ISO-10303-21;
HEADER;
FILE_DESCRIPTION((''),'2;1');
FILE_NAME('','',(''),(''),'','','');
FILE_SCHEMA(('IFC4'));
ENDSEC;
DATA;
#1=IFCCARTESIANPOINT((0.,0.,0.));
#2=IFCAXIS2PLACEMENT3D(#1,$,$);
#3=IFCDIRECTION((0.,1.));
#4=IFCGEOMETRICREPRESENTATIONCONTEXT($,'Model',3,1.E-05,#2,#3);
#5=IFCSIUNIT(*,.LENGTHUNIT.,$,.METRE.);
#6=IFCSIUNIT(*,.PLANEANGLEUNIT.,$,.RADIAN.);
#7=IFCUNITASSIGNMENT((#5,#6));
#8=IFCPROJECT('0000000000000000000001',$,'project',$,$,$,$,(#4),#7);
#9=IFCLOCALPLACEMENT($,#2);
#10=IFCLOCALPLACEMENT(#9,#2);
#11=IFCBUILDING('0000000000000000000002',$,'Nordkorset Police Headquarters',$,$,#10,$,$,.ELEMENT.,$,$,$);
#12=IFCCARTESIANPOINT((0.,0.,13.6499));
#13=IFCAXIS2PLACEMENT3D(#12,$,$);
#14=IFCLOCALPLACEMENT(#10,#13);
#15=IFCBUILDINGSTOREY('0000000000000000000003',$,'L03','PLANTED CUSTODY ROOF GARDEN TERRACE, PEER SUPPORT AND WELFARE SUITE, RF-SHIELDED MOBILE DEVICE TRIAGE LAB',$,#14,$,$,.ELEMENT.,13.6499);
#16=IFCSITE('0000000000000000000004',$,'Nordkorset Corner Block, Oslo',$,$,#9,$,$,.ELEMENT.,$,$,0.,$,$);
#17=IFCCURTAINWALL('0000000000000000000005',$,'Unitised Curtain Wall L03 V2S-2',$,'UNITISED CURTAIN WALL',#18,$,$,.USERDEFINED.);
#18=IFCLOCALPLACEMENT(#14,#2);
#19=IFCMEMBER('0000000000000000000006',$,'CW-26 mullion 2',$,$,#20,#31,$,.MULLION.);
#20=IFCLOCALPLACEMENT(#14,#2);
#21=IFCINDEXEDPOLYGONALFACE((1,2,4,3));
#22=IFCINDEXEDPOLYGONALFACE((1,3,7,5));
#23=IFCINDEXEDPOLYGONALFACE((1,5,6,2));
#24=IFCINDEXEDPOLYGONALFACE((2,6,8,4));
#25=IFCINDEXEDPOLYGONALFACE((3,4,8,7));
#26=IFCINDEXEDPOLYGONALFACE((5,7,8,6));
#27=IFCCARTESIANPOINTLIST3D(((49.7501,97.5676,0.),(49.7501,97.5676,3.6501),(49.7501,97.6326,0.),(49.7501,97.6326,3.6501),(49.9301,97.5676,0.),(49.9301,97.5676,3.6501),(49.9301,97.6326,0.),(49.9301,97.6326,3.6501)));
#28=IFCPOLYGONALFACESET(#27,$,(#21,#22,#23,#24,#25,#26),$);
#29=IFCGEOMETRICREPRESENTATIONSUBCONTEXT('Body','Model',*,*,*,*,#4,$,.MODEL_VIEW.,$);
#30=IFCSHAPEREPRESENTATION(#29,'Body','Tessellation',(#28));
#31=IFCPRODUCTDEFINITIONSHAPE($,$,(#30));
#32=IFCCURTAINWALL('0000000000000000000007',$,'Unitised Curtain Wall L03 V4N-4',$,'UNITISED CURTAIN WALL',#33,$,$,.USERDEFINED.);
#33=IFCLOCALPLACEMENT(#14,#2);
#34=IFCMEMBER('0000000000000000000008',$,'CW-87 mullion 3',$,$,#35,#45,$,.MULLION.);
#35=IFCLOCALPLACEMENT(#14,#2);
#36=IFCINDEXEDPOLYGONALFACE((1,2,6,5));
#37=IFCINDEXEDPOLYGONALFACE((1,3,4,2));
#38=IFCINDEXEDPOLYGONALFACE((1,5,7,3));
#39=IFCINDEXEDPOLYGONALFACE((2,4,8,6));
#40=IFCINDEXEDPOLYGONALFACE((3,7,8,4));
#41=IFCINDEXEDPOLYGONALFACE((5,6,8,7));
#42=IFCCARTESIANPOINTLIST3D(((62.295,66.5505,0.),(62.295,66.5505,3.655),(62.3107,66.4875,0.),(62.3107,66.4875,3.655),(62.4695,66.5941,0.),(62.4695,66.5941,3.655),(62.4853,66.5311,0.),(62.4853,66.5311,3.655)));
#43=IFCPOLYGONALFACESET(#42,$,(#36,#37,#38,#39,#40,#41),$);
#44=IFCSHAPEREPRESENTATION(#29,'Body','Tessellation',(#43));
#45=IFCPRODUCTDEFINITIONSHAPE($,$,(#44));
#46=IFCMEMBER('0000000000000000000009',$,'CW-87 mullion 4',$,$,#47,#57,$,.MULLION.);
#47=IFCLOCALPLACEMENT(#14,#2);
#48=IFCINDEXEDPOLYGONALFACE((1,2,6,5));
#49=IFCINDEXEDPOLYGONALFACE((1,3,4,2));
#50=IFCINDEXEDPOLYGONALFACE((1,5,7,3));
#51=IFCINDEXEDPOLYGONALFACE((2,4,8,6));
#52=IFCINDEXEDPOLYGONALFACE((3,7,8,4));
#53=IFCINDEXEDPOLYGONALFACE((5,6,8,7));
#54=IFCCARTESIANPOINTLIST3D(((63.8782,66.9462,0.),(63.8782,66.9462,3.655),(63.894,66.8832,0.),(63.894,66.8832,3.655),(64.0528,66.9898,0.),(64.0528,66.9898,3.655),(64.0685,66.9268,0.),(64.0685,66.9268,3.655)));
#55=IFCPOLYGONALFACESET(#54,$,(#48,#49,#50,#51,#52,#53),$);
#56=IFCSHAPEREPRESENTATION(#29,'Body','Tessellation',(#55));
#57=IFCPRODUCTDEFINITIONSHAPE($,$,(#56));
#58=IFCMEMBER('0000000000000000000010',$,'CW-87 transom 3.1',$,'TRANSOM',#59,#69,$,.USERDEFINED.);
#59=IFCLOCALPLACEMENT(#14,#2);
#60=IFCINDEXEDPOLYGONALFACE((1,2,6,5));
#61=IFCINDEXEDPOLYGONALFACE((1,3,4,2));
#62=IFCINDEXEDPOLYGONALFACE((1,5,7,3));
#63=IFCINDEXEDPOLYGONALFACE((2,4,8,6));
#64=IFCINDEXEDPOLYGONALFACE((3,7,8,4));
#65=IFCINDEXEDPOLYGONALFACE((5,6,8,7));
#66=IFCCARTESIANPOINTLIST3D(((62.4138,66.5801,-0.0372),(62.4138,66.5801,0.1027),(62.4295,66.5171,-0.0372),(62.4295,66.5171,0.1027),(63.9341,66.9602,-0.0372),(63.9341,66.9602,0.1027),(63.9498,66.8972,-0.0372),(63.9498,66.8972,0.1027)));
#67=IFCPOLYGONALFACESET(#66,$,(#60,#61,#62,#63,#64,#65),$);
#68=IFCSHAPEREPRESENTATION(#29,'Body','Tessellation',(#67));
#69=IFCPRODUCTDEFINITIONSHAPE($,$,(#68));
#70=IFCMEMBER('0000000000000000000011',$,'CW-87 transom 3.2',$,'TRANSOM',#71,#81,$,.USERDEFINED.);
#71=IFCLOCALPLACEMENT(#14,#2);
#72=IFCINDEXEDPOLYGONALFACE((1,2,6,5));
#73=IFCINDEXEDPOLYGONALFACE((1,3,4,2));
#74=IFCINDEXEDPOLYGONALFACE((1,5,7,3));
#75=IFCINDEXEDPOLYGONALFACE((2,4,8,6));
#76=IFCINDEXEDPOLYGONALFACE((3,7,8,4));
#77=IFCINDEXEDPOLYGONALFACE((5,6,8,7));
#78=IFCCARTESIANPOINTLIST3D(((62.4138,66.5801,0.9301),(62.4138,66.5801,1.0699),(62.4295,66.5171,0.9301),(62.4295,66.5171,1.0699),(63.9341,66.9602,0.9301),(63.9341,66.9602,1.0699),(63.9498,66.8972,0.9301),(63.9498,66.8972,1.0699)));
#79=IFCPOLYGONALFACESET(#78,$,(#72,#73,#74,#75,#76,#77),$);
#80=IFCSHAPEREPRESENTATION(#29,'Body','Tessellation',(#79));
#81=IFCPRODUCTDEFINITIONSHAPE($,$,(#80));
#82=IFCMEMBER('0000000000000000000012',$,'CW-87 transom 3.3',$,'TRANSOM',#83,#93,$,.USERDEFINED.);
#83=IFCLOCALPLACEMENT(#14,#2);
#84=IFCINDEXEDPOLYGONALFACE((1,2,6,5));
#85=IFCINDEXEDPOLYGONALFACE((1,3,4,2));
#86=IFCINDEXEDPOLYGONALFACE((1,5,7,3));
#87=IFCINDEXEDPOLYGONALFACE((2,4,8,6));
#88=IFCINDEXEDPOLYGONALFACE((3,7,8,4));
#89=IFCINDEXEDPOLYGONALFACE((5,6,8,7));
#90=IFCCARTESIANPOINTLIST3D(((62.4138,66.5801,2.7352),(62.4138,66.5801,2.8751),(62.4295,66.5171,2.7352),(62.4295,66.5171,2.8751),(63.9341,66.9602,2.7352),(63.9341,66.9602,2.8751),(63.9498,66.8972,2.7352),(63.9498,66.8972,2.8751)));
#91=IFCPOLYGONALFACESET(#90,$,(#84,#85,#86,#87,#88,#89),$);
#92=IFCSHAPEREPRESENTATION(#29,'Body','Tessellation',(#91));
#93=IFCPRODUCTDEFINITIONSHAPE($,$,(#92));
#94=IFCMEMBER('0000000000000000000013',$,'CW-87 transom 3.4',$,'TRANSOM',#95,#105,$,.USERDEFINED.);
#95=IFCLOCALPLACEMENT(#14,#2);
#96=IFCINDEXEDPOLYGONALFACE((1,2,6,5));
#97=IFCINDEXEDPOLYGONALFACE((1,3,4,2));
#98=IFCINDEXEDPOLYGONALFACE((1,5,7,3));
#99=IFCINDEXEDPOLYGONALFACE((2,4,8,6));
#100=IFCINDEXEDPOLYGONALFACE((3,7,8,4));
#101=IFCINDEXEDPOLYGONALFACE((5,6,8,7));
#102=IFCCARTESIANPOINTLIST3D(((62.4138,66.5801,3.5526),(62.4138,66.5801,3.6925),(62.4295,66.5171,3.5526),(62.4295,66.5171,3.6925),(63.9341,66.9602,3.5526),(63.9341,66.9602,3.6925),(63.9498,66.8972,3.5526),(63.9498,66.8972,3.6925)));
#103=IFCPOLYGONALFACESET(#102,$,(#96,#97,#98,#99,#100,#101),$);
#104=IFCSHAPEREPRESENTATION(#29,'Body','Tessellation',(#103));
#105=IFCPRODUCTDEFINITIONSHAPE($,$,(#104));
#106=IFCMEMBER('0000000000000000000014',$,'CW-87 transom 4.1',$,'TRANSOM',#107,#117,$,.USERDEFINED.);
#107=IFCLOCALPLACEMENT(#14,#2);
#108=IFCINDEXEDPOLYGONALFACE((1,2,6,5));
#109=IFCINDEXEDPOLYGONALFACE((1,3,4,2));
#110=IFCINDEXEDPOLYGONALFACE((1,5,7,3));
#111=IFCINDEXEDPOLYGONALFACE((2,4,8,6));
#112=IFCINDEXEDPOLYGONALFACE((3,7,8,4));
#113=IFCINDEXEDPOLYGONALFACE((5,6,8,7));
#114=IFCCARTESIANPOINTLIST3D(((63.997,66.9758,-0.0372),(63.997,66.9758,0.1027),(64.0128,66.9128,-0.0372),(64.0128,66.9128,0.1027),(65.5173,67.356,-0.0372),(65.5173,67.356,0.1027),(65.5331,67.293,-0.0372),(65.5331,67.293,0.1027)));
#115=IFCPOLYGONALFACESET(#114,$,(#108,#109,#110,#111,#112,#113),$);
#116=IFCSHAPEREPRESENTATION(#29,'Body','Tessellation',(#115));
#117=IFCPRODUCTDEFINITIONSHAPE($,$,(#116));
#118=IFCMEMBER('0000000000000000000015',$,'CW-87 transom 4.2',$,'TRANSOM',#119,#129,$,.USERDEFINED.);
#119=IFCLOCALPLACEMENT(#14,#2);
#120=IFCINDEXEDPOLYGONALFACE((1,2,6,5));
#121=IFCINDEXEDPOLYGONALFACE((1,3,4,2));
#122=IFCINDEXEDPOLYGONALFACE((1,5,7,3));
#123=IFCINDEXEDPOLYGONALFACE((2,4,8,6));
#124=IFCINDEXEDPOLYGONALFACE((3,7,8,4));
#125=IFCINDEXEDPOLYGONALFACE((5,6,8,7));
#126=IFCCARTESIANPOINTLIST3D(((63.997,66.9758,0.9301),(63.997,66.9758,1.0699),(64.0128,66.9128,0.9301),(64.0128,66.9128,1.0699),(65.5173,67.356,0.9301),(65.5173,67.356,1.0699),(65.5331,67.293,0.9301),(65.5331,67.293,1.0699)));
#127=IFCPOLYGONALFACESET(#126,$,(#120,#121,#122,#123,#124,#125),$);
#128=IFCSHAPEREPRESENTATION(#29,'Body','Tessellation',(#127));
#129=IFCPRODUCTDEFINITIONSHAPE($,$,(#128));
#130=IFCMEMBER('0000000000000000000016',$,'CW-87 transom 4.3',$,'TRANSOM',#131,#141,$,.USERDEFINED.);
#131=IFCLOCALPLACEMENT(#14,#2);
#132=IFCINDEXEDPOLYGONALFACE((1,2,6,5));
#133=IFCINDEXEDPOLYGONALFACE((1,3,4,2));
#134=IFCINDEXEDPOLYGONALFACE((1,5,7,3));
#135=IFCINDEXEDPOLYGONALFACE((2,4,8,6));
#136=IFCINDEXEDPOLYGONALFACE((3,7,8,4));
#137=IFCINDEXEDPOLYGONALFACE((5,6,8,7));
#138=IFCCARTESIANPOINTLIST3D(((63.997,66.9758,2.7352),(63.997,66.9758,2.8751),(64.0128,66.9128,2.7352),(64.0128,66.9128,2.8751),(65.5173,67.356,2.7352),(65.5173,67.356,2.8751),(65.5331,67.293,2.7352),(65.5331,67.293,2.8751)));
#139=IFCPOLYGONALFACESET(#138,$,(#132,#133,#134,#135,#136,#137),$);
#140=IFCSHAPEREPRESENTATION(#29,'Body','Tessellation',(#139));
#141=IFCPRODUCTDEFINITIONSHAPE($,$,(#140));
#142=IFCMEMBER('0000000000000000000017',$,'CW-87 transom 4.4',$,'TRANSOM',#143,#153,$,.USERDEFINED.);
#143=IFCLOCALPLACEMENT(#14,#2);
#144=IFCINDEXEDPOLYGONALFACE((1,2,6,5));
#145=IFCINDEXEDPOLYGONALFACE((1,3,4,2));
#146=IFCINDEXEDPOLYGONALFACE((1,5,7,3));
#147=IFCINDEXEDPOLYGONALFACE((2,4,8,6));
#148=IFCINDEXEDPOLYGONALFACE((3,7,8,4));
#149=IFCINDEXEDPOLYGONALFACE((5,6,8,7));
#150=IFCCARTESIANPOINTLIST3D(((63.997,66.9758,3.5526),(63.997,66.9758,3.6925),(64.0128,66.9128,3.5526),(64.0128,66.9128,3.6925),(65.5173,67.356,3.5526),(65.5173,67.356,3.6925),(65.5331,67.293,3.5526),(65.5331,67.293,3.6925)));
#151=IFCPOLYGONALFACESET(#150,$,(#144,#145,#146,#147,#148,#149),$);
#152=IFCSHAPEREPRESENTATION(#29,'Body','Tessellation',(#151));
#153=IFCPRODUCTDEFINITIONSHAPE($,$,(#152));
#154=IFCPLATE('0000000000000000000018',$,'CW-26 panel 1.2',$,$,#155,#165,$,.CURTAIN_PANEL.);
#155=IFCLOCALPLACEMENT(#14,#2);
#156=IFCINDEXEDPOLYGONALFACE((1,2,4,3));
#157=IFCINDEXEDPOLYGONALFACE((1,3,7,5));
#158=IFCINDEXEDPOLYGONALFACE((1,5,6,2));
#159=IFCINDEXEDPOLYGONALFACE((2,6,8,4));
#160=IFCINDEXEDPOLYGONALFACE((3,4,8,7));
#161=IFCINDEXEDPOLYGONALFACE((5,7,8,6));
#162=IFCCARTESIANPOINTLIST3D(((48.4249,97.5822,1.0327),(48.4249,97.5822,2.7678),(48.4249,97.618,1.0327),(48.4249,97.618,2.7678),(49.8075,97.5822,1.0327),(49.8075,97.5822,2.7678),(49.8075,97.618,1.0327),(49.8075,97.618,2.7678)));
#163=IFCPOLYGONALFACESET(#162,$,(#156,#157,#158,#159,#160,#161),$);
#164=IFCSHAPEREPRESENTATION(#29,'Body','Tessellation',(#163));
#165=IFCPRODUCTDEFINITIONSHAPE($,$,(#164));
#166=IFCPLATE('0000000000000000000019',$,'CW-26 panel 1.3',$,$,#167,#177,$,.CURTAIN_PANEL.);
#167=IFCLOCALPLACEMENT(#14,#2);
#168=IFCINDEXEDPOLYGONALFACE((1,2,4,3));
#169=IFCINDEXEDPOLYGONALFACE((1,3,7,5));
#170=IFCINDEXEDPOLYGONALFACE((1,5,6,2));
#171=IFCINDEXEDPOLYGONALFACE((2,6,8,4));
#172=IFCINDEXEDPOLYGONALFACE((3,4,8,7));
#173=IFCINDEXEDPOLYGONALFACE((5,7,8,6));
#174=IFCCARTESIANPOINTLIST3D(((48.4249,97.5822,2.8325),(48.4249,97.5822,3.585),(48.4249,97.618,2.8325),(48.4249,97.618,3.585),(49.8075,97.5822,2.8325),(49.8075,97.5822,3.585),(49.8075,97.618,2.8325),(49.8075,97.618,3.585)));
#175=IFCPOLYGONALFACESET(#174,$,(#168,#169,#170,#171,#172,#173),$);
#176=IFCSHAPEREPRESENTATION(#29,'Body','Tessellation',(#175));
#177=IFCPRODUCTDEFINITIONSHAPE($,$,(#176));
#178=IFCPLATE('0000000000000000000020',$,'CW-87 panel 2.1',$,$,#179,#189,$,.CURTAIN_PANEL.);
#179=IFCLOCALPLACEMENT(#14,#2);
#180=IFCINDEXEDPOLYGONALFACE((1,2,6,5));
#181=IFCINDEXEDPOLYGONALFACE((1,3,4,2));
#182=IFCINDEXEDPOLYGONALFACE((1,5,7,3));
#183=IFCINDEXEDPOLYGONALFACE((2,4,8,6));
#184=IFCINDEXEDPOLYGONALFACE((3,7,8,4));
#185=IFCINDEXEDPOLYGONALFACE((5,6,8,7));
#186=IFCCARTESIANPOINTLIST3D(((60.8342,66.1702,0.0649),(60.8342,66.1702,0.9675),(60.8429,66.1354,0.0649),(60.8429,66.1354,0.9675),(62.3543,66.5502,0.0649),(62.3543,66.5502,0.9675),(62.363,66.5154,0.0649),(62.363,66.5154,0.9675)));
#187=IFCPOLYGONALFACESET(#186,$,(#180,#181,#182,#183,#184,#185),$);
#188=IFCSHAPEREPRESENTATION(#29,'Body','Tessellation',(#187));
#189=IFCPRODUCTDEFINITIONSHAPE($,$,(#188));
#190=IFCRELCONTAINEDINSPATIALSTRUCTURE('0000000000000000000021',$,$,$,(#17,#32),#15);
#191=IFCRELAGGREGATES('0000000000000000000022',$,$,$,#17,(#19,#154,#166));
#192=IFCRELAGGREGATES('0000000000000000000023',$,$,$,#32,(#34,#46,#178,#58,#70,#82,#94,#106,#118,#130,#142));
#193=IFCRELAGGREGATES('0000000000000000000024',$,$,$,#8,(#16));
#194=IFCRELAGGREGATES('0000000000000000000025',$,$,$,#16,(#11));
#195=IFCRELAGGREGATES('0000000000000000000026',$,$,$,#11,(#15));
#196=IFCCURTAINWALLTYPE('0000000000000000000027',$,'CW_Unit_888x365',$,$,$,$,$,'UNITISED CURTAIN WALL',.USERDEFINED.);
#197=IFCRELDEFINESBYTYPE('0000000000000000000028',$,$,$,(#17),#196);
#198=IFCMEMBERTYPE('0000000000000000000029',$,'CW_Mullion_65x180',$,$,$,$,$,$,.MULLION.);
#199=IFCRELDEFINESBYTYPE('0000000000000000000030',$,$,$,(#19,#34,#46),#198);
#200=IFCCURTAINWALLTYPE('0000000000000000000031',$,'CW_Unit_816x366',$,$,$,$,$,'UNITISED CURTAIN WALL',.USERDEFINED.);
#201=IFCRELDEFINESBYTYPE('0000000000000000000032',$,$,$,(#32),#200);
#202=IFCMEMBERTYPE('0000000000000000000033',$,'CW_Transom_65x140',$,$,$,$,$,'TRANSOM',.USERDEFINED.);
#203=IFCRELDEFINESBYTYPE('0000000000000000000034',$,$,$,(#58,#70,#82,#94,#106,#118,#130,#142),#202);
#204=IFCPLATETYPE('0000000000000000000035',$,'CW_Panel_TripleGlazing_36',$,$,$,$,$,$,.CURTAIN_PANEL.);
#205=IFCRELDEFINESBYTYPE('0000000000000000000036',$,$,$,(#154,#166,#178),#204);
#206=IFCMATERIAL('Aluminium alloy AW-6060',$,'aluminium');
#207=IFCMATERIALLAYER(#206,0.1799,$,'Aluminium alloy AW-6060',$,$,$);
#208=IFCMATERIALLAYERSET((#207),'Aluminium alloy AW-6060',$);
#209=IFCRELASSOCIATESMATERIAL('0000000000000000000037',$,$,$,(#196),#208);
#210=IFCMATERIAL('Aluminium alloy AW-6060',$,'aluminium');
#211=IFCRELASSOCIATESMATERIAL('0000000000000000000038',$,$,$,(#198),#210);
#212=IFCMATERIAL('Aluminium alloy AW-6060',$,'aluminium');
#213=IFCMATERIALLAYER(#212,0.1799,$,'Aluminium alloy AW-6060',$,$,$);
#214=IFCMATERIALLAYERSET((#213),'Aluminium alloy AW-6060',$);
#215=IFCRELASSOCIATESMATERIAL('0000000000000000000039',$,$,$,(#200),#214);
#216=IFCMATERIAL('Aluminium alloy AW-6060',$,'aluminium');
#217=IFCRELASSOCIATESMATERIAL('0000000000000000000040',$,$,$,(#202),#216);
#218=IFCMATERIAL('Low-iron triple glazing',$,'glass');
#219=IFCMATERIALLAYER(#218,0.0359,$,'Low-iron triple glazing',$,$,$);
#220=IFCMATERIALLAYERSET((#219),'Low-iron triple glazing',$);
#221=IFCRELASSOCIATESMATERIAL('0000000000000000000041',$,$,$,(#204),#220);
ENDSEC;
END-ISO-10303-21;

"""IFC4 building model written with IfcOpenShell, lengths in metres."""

from ifc_helpers import new_model, si_unit, direction, frame, origin, origin_2d, place, context, subcontext, project, spatial, rectangle, extrude, material, layer, layer_set, material_profile, profile_set, type_object, element, aggregate, save


model = new_model("IFC4")

# Units and contexts
model_context = context("Model", 3, precision=1e-05, world=origin(), true_north=direction((0.0, 1.0)))
body_context = subcontext(model_context, "Body", "Model", "MODEL_VIEW")
ifc_project = project(units=[si_unit("LENGTHUNIT", "METRE"), si_unit("PLANEANGLEUNIT", "RADIAN")], contexts=[model_context])

# Site, building, storey
site_placement = place(None, origin())
site = spatial("IfcSite", under=ifc_project, at=site_placement, Name="Nordkorset Corner Block, Oslo", CompositionType="ELEMENT", RefElevation=0.0)
building_placement = place(site_placement, origin())
building = spatial("IfcBuilding", under=site, at=building_placement, Name="Nordkorset Police Headquarters", CompositionType="ELEMENT")
storey_placement = place(building_placement, frame((0.0, 0.0, 13.6499)))
storey = spatial("IfcBuildingStorey", under=building, at=storey_placement, Name="L03", Description="PLANTED CUSTODY ROOF GARDEN TERRACE, PEER SUPPORT AND WELFARE SUITE, RF-SHIELDED MOBILE DEVICE TRIAGE LAB", CompositionType="ELEMENT", Elevation=13.6499)

# Curtain wall, member
ifc_material_1 = material(Name="Aluminium alloy AW-6060", Category="aluminium")
ifc_layer_1 = layer(ifc_material_1, 0.1799, Name="Aluminium alloy AW-6060")
ifc_layer_set_1 = layer_set([ifc_layer_1], Name="Aluminium alloy AW-6060")
curtain_wall_type_1 = type_object("IfcCurtainWallType", Name="CW_Unit_888x365", ElementType="UNITISED CURTAIN WALL", PredefinedType="USERDEFINED", material=ifc_layer_set_1)
curtain_wall_1_placement = place(storey_placement, origin())
curtain_wall_1 = element("IfcCurtainWall", 1, at=curtain_wall_1_placement, inside=storey, type_object=curtain_wall_type_1, Name="Unitised Curtain Wall L03 V2S-2", ObjectType="UNITISED CURTAIN WALL", PredefinedType="USERDEFINED")
ifc_material_2 = material(Name="Aluminium alloy AW-6060", Category="aluminium")
ifc_material_profile_1 = material_profile(ifc_material_2, rectangle(XDim=0.0649, YDim=0.1799, at=origin_2d()), Name="ALU MULL 65x180")
ifc_profile_set_1 = profile_set([ifc_material_profile_1], Name="Aluminium alloy AW-6060")
member_type_1 = type_object("IfcMemberType", Name="CW_Mullion_65x180", PredefinedType="MULLION", material=ifc_profile_set_1)
member_1_placement = place(storey_placement, frame((49.8401, 97.6001, 0.0), z_axis=(0.0, 0.0, 1.0), x_axis=(0.0, 1.0, 0.0)))
member_1 = element("IfcMember", 2, at=member_1_placement, type_object=member_type_1, Name="CW-26 mullion 2", PredefinedType="MULLION", context=body_context, shape_type="SweptSolid", body=[
    extrude(rectangle(XDim=0.0649, YDim=0.1799, at=origin_2d()), origin(), (0.0, 0.0, 1.0), 3.6501),
])

# Curtain wall, members
ifc_material_3 = material(Name="Aluminium alloy AW-6060", Category="aluminium")
ifc_layer_2 = layer(ifc_material_3, 0.1799, Name="Aluminium alloy AW-6060")
ifc_layer_set_2 = layer_set([ifc_layer_2], Name="Aluminium alloy AW-6060")
curtain_wall_type_2 = type_object("IfcCurtainWallType", Name="CW_Unit_816x366", ElementType="UNITISED CURTAIN WALL", PredefinedType="USERDEFINED", material=ifc_layer_set_2)
curtain_wall_2_placement = place(storey_placement, origin())
curtain_wall_2 = element("IfcCurtainWall", 3, at=curtain_wall_2_placement, inside=storey, type_object=curtain_wall_type_2, Name="Unitised Curtain Wall L03 V4N-4", ObjectType="UNITISED CURTAIN WALL", PredefinedType="USERDEFINED")
member_2_placement = place(storey_placement, frame((62.3901, 66.5408, 0.0), z_axis=(0.0, 0.0, 1.0), x_axis=(-0.242535, 0.970143, 0.0)))
member_2 = element("IfcMember", 4, at=member_2_placement, type_object=member_type_1, Name="CW-87 mullion 3", PredefinedType="MULLION", context=body_context, shape_type="SweptSolid", body=[
    extrude(rectangle(XDim=0.0649, YDim=0.1799, at=origin_2d()), origin(), (0.0, 0.0, 1.0), 3.655),
])
member_3_placement = place(storey_placement, frame((63.9734, 66.9365, 0.0), z_axis=(0.0, 0.0, 1.0), x_axis=(-0.242535, 0.970143, 0.0)))
member_3 = element("IfcMember", 5, at=member_3_placement, type_object=member_type_1, Name="CW-87 mullion 4", PredefinedType="MULLION", context=body_context, shape_type="SweptSolid", body=[
    extrude(rectangle(XDim=0.0649, YDim=0.1799, at=origin_2d()), origin(), (0.0, 0.0, 1.0), 3.655),
])
ifc_material_4 = material(Name="Aluminium alloy AW-6060", Category="aluminium")
ifc_material_profile_2 = material_profile(ifc_material_4, rectangle(XDim=0.0649, YDim=0.1399, at=origin_2d()), Name="ALU TRAN 65x140")
ifc_profile_set_2 = profile_set([ifc_material_profile_2], Name="Aluminium alloy AW-6060")
member_type_2 = type_object("IfcMemberType", Name="CW_Transom_65x140", ElementType="TRANSOM", PredefinedType="USERDEFINED", material=ifc_profile_set_2)
member_4_placement = place(storey_placement, frame((62.4216, 66.5486, 0.0327), z_axis=(0.970133, 0.242572, 0.0), x_axis=(-0.242572, 0.970133, 0.0)))
member_4 = element("IfcMember", 6, at=member_4_placement, type_object=member_type_2, Name="CW-87 transom 3.1", ObjectType="TRANSOM", PredefinedType="USERDEFINED", context=body_context, shape_type="SweptSolid", body=[
    extrude(rectangle(XDim=0.0649, YDim=0.1399, at=origin_2d()), origin(), (0.0, 0.0, 1.0), 1.5671),
])
member_5_placement = place(storey_placement, frame((62.4216, 66.5486, 1.0), z_axis=(0.970133, 0.242572, 0.0), x_axis=(-0.242572, 0.970133, 0.0)))
member_5 = element("IfcMember", 7, at=member_5_placement, type_object=member_type_2, Name="CW-87 transom 3.2", ObjectType="TRANSOM", PredefinedType="USERDEFINED", context=body_context, shape_type="SweptSolid", body=[
    extrude(rectangle(XDim=0.0649, YDim=0.1399, at=origin_2d()), origin(), (0.0, 0.0, 1.0), 1.5671),
])
member_6_placement = place(storey_placement, frame((62.4216, 66.5486, 2.8052), z_axis=(0.970133, 0.242572, 0.0), x_axis=(-0.242572, 0.970133, 0.0)))
member_6 = element("IfcMember", 8, at=member_6_placement, type_object=member_type_2, Name="CW-87 transom 3.3", ObjectType="TRANSOM", PredefinedType="USERDEFINED", context=body_context, shape_type="SweptSolid", body=[
    extrude(rectangle(XDim=0.0649, YDim=0.1399, at=origin_2d()), origin(), (0.0, 0.0, 1.0), 1.5671),
])
member_7_placement = place(storey_placement, frame((62.4216, 66.5486, 3.6226), z_axis=(0.970133, 0.242572, 0.0), x_axis=(-0.242572, 0.970133, 0.0)))
member_7 = element("IfcMember", 9, at=member_7_placement, type_object=member_type_2, Name="CW-87 transom 3.4", ObjectType="TRANSOM", PredefinedType="USERDEFINED", context=body_context, shape_type="SweptSolid", body=[
    extrude(rectangle(XDim=0.0649, YDim=0.1399, at=origin_2d()), origin(), (0.0, 0.0, 1.0), 1.5671),
])
member_8_placement = place(storey_placement, frame((64.0049, 66.9443, 0.0327), z_axis=(0.970133, 0.242572, 0.0), x_axis=(-0.242572, 0.970133, 0.0)))
member_8 = element("IfcMember", 10, at=member_8_placement, type_object=member_type_2, Name="CW-87 transom 4.1", ObjectType="TRANSOM", PredefinedType="USERDEFINED", context=body_context, shape_type="SweptSolid", body=[
    extrude(rectangle(XDim=0.0649, YDim=0.1399, at=origin_2d()), origin(), (0.0, 0.0, 1.0), 1.5671),
])
member_9_placement = place(storey_placement, frame((64.0049, 66.9443, 1.0), z_axis=(0.970133, 0.242572, 0.0), x_axis=(-0.242572, 0.970133, 0.0)))
member_9 = element("IfcMember", 11, at=member_9_placement, type_object=member_type_2, Name="CW-87 transom 4.2", ObjectType="TRANSOM", PredefinedType="USERDEFINED", context=body_context, shape_type="SweptSolid", body=[
    extrude(rectangle(XDim=0.0649, YDim=0.1399, at=origin_2d()), origin(), (0.0, 0.0, 1.0), 1.5671),
])
member_10_placement = place(storey_placement, frame((64.0049, 66.9443, 2.8052), z_axis=(0.970133, 0.242572, 0.0), x_axis=(-0.242572, 0.970133, 0.0)))
member_10 = element("IfcMember", 12, at=member_10_placement, type_object=member_type_2, Name="CW-87 transom 4.3", ObjectType="TRANSOM", PredefinedType="USERDEFINED", context=body_context, shape_type="SweptSolid", body=[
    extrude(rectangle(XDim=0.0649, YDim=0.1399, at=origin_2d()), origin(), (0.0, 0.0, 1.0), 1.5671),
])
member_11_placement = place(storey_placement, frame((64.0049, 66.9443, 3.6226), z_axis=(0.970133, 0.242572, 0.0), x_axis=(-0.242572, 0.970133, 0.0)))
member_11 = element("IfcMember", 13, at=member_11_placement, type_object=member_type_2, Name="CW-87 transom 4.4", ObjectType="TRANSOM", PredefinedType="USERDEFINED", context=body_context, shape_type="SweptSolid", body=[
    extrude(rectangle(XDim=0.0649, YDim=0.1399, at=origin_2d()), origin(), (0.0, 0.0, 1.0), 1.5671),
])

# Plates
ifc_material_5 = material(Name="Low-iron triple glazing", Category="glass")
ifc_layer_3 = layer(ifc_material_5, 0.0359, Name="Low-iron triple glazing")
ifc_layer_set_3 = layer_set([ifc_layer_3], Name="Low-iron triple glazing")
plate_type = type_object("IfcPlateType", Name="CW_Panel_TripleGlazing_36", PredefinedType="CURTAIN_PANEL", material=ifc_layer_set_3)
plate_1_placement = place(storey_placement, frame((49.1162, 97.6001, 1.0327), z_axis=(0.0, 0.0, 1.0), x_axis=(1.0, 0.0, 0.0)))
plate_1 = element("IfcPlate", 14, at=plate_1_placement, type_object=plate_type, Name="CW-26 panel 1.2", PredefinedType="CURTAIN_PANEL", context=body_context, shape_type="SweptSolid", body=[
    extrude(rectangle(XDim=1.3826, YDim=0.0359, at=origin_2d()), origin(), (0.0, 0.0, 1.0), 1.7351),
])
plate_2_placement = place(storey_placement, frame((49.1162, 97.6001, 2.8325), z_axis=(0.0, 0.0, 1.0), x_axis=(1.0, 0.0, 0.0)))
plate_2 = element("IfcPlate", 15, at=plate_2_placement, type_object=plate_type, Name="CW-26 panel 1.3", PredefinedType="CURTAIN_PANEL", context=body_context, shape_type="SweptSolid", body=[
    extrude(rectangle(XDim=1.3826, YDim=0.0359, at=origin_2d()), origin(), (0.0, 0.0, 1.0), 0.7524),
])
aggregate(curtain_wall_1, [member_1, plate_1, plate_2])
plate_3_placement = place(storey_placement, frame((61.5986, 66.3428, 0.0649), z_axis=(0.0, 0.0, 1.0), x_axis=(0.970143, 0.242535, 0.0)))
plate_3 = element("IfcPlate", 16, at=plate_3_placement, type_object=plate_type, Name="CW-87 panel 2.1", PredefinedType="CURTAIN_PANEL", context=body_context, shape_type="SweptSolid", body=[
    extrude(rectangle(XDim=1.5669, YDim=0.0359, at=origin_2d()), origin(), (0.0, 0.0, 1.0), 0.9026),
])
aggregate(curtain_wall_2, [member_2, member_3, plate_3, member_4, member_5, member_6, member_7, member_8, member_9, member_10, member_11])

save(model, "model.ifc")
